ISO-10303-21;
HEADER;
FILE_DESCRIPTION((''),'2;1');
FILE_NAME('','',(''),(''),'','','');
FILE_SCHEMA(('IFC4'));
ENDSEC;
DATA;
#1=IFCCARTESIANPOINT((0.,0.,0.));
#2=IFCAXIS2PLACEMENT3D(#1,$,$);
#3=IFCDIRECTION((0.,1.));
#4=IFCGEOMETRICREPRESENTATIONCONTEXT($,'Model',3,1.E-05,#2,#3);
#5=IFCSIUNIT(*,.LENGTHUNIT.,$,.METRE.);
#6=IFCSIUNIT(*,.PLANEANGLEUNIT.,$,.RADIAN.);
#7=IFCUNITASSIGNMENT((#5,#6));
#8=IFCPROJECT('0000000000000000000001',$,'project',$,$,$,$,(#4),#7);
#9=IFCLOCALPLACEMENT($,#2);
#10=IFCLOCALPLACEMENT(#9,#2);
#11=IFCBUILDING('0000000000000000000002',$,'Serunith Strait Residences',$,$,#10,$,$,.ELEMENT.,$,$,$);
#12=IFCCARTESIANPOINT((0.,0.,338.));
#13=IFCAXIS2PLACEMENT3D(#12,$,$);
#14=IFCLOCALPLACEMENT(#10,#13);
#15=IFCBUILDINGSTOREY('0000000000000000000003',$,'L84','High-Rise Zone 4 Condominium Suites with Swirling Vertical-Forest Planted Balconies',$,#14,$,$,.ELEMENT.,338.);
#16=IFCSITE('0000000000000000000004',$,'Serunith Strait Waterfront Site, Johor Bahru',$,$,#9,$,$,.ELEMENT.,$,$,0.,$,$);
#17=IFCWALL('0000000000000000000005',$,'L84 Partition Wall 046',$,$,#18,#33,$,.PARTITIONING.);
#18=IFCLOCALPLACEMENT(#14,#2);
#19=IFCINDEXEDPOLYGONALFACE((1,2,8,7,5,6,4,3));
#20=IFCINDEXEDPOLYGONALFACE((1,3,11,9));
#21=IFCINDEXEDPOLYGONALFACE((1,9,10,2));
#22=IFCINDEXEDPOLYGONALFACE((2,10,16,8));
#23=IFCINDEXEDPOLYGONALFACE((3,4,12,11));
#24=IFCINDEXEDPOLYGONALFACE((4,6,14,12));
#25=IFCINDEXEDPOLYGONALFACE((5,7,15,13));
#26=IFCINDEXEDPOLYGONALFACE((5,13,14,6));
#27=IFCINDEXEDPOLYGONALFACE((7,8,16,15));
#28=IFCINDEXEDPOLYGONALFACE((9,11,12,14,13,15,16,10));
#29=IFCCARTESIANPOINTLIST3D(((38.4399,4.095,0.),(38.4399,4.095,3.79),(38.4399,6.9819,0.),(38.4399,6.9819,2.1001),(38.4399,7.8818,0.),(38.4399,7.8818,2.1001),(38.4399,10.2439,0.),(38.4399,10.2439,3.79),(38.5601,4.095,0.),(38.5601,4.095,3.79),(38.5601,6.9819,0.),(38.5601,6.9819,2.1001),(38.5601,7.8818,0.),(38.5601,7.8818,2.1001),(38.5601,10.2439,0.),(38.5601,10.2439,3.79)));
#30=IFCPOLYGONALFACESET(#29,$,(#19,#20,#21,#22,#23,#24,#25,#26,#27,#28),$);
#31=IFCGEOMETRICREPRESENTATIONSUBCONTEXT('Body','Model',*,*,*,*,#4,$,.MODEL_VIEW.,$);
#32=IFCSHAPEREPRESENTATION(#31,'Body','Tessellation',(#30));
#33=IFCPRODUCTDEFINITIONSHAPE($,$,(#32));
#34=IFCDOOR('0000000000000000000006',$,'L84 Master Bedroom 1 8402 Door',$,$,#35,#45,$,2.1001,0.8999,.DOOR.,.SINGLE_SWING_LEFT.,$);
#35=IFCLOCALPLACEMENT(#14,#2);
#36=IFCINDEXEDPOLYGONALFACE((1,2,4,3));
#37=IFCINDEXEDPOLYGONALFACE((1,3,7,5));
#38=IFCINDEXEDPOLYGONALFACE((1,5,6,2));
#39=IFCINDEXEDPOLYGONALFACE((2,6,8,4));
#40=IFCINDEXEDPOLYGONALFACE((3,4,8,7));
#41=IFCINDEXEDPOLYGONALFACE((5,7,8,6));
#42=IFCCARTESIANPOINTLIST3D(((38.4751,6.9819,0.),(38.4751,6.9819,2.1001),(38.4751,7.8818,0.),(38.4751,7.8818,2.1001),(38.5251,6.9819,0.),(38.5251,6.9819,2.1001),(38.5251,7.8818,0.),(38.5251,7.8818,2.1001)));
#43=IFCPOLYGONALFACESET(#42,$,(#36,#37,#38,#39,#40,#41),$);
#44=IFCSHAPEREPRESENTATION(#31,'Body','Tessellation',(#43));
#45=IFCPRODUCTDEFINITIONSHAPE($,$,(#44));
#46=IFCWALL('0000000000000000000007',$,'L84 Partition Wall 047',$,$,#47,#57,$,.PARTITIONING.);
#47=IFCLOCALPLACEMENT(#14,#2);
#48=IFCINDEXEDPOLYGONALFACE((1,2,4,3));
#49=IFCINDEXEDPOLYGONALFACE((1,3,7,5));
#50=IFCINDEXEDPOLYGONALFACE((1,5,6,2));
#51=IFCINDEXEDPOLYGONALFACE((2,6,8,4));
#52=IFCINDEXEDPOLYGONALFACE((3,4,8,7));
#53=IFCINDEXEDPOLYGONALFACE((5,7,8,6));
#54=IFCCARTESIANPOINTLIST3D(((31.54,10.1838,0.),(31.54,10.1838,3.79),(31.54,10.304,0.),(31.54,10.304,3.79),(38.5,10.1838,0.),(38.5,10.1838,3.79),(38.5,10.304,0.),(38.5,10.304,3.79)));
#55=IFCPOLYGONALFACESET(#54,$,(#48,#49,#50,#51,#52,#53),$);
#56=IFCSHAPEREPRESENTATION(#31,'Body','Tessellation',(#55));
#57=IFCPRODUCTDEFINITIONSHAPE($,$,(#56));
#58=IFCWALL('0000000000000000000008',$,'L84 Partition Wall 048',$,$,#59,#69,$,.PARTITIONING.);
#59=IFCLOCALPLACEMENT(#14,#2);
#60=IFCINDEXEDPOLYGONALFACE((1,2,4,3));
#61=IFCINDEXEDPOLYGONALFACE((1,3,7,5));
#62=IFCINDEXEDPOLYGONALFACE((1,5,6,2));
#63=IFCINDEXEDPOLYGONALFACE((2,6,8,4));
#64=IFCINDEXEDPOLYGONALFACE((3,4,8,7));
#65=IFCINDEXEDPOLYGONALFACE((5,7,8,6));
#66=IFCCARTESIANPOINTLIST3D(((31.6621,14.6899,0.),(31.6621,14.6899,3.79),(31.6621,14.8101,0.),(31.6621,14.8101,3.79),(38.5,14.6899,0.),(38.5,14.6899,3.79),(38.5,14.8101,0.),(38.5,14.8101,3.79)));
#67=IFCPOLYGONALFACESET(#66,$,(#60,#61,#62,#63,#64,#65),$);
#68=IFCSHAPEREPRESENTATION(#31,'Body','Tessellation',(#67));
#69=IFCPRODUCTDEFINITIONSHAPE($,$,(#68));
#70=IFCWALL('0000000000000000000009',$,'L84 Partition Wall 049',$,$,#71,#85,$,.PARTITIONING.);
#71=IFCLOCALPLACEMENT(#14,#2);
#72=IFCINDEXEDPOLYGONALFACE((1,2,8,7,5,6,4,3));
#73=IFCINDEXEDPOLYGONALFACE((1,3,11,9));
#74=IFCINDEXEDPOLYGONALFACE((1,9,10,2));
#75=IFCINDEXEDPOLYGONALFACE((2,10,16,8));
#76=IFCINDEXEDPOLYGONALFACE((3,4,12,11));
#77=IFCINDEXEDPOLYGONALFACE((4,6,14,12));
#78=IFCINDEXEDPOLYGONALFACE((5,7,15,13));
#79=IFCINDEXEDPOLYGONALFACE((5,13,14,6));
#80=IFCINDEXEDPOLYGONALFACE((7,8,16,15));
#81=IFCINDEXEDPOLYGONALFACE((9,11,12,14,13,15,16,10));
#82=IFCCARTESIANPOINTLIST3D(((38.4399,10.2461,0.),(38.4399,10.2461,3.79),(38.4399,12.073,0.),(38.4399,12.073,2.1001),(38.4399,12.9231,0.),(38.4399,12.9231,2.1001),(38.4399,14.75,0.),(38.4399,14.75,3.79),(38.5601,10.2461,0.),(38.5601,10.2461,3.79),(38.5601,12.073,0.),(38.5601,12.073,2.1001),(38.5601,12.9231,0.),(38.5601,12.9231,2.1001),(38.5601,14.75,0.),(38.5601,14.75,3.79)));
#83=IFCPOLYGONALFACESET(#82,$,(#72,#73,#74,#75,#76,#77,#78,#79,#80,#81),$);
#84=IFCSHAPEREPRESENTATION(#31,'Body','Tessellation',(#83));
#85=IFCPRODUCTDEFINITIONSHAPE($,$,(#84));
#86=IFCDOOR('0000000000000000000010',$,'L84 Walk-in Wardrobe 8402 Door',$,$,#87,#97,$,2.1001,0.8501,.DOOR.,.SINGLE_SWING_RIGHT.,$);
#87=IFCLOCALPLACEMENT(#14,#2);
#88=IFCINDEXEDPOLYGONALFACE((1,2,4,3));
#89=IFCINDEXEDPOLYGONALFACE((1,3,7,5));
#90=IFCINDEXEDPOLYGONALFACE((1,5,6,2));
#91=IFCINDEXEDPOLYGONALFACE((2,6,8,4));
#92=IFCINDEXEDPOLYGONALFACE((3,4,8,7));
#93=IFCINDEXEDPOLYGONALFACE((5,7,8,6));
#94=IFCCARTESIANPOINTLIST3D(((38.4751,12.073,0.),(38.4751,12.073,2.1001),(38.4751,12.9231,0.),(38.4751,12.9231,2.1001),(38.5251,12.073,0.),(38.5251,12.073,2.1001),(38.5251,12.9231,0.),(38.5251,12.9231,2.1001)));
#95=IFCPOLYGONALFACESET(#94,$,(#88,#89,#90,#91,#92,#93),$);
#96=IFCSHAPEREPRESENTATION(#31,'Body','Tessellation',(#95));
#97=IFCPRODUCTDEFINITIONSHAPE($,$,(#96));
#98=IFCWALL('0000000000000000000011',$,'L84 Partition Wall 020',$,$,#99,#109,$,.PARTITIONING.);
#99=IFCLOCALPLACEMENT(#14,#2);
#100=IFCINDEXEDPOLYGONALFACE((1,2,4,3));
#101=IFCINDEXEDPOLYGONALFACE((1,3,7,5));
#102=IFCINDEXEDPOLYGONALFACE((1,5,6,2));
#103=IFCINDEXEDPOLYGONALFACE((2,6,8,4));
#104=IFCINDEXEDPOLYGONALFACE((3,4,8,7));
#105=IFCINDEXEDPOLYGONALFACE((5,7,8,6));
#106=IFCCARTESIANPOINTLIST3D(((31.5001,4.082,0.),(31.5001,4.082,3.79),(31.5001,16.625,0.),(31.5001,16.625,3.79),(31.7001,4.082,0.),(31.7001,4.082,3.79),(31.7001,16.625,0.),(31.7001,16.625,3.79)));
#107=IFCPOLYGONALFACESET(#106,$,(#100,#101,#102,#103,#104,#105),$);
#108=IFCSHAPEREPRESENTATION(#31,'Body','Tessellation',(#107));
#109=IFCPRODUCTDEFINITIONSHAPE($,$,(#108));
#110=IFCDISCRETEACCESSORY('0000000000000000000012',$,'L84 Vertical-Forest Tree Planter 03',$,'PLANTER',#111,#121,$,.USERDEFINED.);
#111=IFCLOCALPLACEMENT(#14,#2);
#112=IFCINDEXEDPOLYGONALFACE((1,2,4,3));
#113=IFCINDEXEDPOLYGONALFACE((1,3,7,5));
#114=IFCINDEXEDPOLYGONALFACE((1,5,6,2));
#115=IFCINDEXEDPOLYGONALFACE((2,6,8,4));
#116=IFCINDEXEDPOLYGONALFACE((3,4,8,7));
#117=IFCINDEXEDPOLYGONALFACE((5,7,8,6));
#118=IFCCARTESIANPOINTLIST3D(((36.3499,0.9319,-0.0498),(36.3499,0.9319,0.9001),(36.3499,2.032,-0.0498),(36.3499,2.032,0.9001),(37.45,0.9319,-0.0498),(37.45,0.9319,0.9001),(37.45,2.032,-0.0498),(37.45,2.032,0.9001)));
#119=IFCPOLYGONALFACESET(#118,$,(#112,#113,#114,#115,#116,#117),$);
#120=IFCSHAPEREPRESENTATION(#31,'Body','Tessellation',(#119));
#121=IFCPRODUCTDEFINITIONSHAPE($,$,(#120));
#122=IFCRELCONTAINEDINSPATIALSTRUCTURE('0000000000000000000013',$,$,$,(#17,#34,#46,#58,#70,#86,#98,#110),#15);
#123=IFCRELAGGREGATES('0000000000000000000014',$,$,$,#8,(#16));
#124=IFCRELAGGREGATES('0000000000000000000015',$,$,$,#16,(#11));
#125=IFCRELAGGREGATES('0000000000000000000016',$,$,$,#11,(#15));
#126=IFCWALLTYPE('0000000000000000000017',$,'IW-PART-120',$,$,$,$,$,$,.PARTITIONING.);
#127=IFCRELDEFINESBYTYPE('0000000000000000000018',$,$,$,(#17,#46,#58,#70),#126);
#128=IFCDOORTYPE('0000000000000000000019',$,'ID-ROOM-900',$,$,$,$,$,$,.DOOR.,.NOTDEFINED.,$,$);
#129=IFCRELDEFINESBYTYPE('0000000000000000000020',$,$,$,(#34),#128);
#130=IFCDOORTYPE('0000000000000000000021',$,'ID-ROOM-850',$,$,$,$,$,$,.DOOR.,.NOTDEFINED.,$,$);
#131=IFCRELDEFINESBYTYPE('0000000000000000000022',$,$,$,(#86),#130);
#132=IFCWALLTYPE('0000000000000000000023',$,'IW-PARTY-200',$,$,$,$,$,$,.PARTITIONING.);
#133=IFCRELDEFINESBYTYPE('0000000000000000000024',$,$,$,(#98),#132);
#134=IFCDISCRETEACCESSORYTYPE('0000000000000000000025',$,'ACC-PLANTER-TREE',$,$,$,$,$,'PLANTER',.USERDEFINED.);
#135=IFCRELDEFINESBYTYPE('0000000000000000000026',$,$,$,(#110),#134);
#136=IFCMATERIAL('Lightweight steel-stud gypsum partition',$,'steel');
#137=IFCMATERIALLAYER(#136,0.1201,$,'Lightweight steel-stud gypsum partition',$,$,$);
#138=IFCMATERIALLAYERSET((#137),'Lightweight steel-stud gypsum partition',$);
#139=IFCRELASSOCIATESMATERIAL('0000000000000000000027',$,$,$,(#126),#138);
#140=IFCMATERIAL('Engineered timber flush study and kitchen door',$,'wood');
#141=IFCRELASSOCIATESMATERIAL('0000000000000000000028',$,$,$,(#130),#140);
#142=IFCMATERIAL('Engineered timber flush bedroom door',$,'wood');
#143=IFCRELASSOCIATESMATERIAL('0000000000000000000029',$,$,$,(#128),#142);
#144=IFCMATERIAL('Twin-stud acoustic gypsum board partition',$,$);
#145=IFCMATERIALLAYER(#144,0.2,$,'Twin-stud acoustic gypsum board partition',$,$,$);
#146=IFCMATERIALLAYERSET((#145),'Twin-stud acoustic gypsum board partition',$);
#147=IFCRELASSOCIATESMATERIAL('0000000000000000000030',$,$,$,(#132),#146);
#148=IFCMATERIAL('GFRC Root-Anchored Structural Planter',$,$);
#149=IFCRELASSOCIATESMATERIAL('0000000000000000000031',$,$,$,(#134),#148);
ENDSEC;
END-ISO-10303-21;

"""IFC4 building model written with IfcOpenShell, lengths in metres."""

from ifc_helpers import new_model, si_unit, direction, frame, frame_2d, origin, origin_2d, place, context, subcontext, project, spatial, rectangle, extrude, source, transform, mapped, material, layer, layer_set, type_object, element, fill, save


model = new_model("IFC4")

# Units and contexts
model_context = context("Model", 3, precision=1e-05, world=origin(), true_north=direction((0.0, 1.0)))
body_context = subcontext(model_context, "Body", "Model", "MODEL_VIEW")
ifc_project = project(units=[si_unit("LENGTHUNIT", "METRE"), si_unit("PLANEANGLEUNIT", "RADIAN")], contexts=[model_context])

# Site, building, storey
site_placement = place(None, origin())
site = spatial("IfcSite", under=ifc_project, at=site_placement, Name="Serunith Strait Waterfront Site, Johor Bahru", CompositionType="ELEMENT", RefElevation=0.0)
building_placement = place(site_placement, origin())
building = spatial("IfcBuilding", under=site, at=building_placement, Name="Serunith Strait Residences", CompositionType="ELEMENT")
storey_placement = place(building_placement, frame((0.0, 0.0, 338.0)))
storey = spatial("IfcBuildingStorey", under=building, at=storey_placement, Name="L84", Description="High-Rise Zone 4 Condominium Suites with Swirling Vertical-Forest Planted Balconies", CompositionType="ELEMENT", Elevation=338.0)

# Shared definitions
ifc_material_1 = material(Name="Lightweight steel-stud gypsum partition", Category="steel")
ifc_layer_1 = layer(ifc_material_1, 0.1201, Name="Lightweight steel-stud gypsum partition")
ifc_layer_set_1 = layer_set([ifc_layer_1], Name="Lightweight steel-stud gypsum partition")
wall_type_1 = type_object("IfcWallType", Name="IW-PART-120", PredefinedType="PARTITIONING", material=ifc_layer_set_1)
ifc_material_2 = material(Name="Engineered timber flush study and kitchen door", Category="wood")
door_type_1 = type_object("IfcDoorType", Name="ID-ROOM-850", OperationType="NOTDEFINED", PredefinedType="DOOR", material=ifc_material_2)
shared_shape_1 = source(origin(), body_context, "Body", "SweptSolid", [
    extrude(rectangle(XDim=0.8501, YDim=2.1001, at=frame_2d((0.425, 1.05))), frame((0.0, 0.0249, 0.0), z_axis=(0.0, -1.0, 0.0), x_axis=(1.0, 0.0, 0.0)), (0.0, 0.0, 1.0), 0.05),
])

# Wall, opening, door
wall_1_placement = place(storey_placement, frame((38.5, 4.095, 0.0), z_axis=(0.0, 0.0, 1.0), x_axis=(0.0, 1.0, 0.0)))
wall_1 = element("IfcWall", 1, at=wall_1_placement, inside=storey, type_object=wall_type_1, Name="L84 Partition Wall 046", PredefinedType="PARTITIONING", context=body_context, shape_type="SweptSolid", body=[
    extrude(rectangle(XDim=6.1489, YDim=0.1201, at=frame_2d((3.0745, 0.0))), origin(), (0.0, 0.0, 1.0), 3.79),
])
opening_1_placement = place(wall_1_placement, frame((2.887, 0.0, 0.0)))
opening_1 = element("IfcOpeningElement", 2, at=opening_1_placement, cuts=wall_1, PredefinedType="OPENING", context=body_context, shape_type="SweptSolid", body=[
    extrude(rectangle(XDim=0.8999, YDim=2.1001, at=frame_2d((0.45, 1.05))), frame((0.0, 0.0701, 0.0), z_axis=(0.0, -1.0, 0.0), x_axis=(1.0, 0.0, 0.0)), (0.0, 0.0, 1.0), 0.1401),
])
ifc_material_3 = material(Name="Engineered timber flush bedroom door", Category="wood")
door_type_2 = type_object("IfcDoorType", Name="ID-ROOM-900", OperationType="NOTDEFINED", PredefinedType="DOOR", material=ifc_material_3)
shared_shape_2 = source(origin(), body_context, "Body", "SweptSolid", [
    extrude(rectangle(XDim=0.8999, YDim=2.1001, at=frame_2d((0.45, 1.05))), frame((0.0, 0.0249, 0.0), z_axis=(0.0, -1.0, 0.0), x_axis=(1.0, 0.0, 0.0)), (0.0, 0.0, 1.0), 0.05),
])
door_1_placement = place(opening_1_placement, origin())
door_1 = element("IfcDoor", 3, at=door_1_placement, inside=storey, type_object=door_type_2, Name="L84 Master Bedroom 1 8402 Door", OperationType="SINGLE_SWING_LEFT", OverallHeight=2.1001, OverallWidth=0.8999, PredefinedType="DOOR", context=body_context, shape_type="MappedRepresentation", body=[
    mapped(shared_shape_2, transform((0.0, 0.0, 0.0), scale=1.0)),
])
fill(opening_1, door_1)

# Walls
wall_2_placement = place(storey_placement, frame((31.54, 10.2439, 0.0), z_axis=(0.0, 0.0, 1.0), x_axis=(1.0, 0.0, 0.0)))
element("IfcWall", 4, at=wall_2_placement, inside=storey, type_object=wall_type_1, Name="L84 Partition Wall 047", PredefinedType="PARTITIONING", context=body_context, shape_type="SweptSolid", body=[
    extrude(rectangle(XDim=6.96, YDim=0.1201, at=frame_2d((3.48, 0.0))), origin(), (0.0, 0.0, 1.0), 3.79),
])
wall_3_placement = place(storey_placement, frame((31.6621, 14.75, 0.0), z_axis=(0.0, 0.0, 1.0), x_axis=(1.0, 0.0, 0.0)))
element("IfcWall", 5, at=wall_3_placement, inside=storey, type_object=wall_type_1, Name="L84 Partition Wall 048", PredefinedType="PARTITIONING", context=body_context, shape_type="SweptSolid", body=[
    extrude(rectangle(XDim=6.8379, YDim=0.1201, at=frame_2d((3.4189, 0.0))), origin(), (0.0, 0.0, 1.0), 3.79),
])

# Wall, opening, door
wall_4_placement = place(storey_placement, frame((38.5, 10.2461, 0.0), z_axis=(0.0, 0.0, 1.0), x_axis=(0.0, 1.0, 0.0)))
wall_4 = element("IfcWall", 6, at=wall_4_placement, inside=storey, type_object=wall_type_1, Name="L84 Partition Wall 049", PredefinedType="PARTITIONING", context=body_context, shape_type="SweptSolid", body=[
    extrude(rectangle(XDim=4.5039, YDim=0.1201, at=frame_2d((2.252, 0.0))), origin(), (0.0, 0.0, 1.0), 3.79),
])
opening_2_placement = place(wall_4_placement, frame((1.8269, 0.0, 0.0)))
opening_2 = element("IfcOpeningElement", 7, at=opening_2_placement, cuts=wall_4, PredefinedType="OPENING", context=body_context, shape_type="SweptSolid", body=[
    extrude(rectangle(XDim=0.8501, YDim=2.1001, at=frame_2d((0.425, 1.05))), frame((0.0, 0.0701, 0.0), z_axis=(0.0, -1.0, 0.0), x_axis=(1.0, 0.0, 0.0)), (0.0, 0.0, 1.0), 0.1401),
])
door_2_placement = place(opening_2_placement, origin())
door_2 = element("IfcDoor", 8, at=door_2_placement, inside=storey, type_object=door_type_1, Name="L84 Walk-in Wardrobe 8402 Door", OperationType="SINGLE_SWING_RIGHT", OverallHeight=2.1001, OverallWidth=0.8501, PredefinedType="DOOR", context=body_context, shape_type="MappedRepresentation", body=[
    mapped(shared_shape_1, transform((0.0, 0.0, 0.0), scale=1.0)),
])
fill(opening_2, door_2)

# Wall
ifc_material_4 = material(Name="Twin-stud acoustic gypsum board partition")
ifc_layer_2 = layer(ifc_material_4, 0.2, Name="Twin-stud acoustic gypsum board partition")
ifc_layer_set_2 = layer_set([ifc_layer_2], Name="Twin-stud acoustic gypsum board partition")
wall_type_2 = type_object("IfcWallType", Name="IW-PARTY-200", PredefinedType="PARTITIONING", material=ifc_layer_set_2)
wall_5_placement = place(storey_placement, frame((31.6001, 4.082, 0.0), z_axis=(0.0, 0.0, 1.0), x_axis=(0.0, 1.0, 0.0)))
element("IfcWall", 9, at=wall_5_placement, inside=storey, type_object=wall_type_2, Name="L84 Partition Wall 020", PredefinedType="PARTITIONING", context=body_context, shape_type="SweptSolid", body=[
    extrude(rectangle(XDim=12.543, YDim=0.2, at=frame_2d((6.2715, 0.0))), origin(), (0.0, 0.0, 1.0), 3.79),
])

# Discrete accessory
ifc_material_5 = material(Name="GFRC Root-Anchored Structural Planter")
discrete_accessory_type = type_object("IfcDiscreteAccessoryType", Name="ACC-PLANTER-TREE", ElementType="PLANTER", PredefinedType="USERDEFINED", material=ifc_material_5)
shared_shape_3 = source(origin(), body_context, "Body", "SweptSolid", [
    extrude(rectangle(XDim=1.1001, YDim=1.1001, at=origin_2d()), origin(), (0.0, 0.0, 1.0), 0.95),
])
discrete_accessory_placement = place(storey_placement, frame((36.8999, 1.4819, -0.0498), z_axis=(0.0, 0.0, 1.0), x_axis=(1.0, 0.0, 0.0)))
element("IfcDiscreteAccessory", 10, at=discrete_accessory_placement, inside=storey, type_object=discrete_accessory_type, Name="L84 Vertical-Forest Tree Planter 03", ObjectType="PLANTER", PredefinedType="USERDEFINED", context=body_context, shape_type="MappedRepresentation", body=[
    mapped(shared_shape_3, transform((0.0, 0.0, 0.0), scale=1.0)),
])

save(model, "model.ifc")
